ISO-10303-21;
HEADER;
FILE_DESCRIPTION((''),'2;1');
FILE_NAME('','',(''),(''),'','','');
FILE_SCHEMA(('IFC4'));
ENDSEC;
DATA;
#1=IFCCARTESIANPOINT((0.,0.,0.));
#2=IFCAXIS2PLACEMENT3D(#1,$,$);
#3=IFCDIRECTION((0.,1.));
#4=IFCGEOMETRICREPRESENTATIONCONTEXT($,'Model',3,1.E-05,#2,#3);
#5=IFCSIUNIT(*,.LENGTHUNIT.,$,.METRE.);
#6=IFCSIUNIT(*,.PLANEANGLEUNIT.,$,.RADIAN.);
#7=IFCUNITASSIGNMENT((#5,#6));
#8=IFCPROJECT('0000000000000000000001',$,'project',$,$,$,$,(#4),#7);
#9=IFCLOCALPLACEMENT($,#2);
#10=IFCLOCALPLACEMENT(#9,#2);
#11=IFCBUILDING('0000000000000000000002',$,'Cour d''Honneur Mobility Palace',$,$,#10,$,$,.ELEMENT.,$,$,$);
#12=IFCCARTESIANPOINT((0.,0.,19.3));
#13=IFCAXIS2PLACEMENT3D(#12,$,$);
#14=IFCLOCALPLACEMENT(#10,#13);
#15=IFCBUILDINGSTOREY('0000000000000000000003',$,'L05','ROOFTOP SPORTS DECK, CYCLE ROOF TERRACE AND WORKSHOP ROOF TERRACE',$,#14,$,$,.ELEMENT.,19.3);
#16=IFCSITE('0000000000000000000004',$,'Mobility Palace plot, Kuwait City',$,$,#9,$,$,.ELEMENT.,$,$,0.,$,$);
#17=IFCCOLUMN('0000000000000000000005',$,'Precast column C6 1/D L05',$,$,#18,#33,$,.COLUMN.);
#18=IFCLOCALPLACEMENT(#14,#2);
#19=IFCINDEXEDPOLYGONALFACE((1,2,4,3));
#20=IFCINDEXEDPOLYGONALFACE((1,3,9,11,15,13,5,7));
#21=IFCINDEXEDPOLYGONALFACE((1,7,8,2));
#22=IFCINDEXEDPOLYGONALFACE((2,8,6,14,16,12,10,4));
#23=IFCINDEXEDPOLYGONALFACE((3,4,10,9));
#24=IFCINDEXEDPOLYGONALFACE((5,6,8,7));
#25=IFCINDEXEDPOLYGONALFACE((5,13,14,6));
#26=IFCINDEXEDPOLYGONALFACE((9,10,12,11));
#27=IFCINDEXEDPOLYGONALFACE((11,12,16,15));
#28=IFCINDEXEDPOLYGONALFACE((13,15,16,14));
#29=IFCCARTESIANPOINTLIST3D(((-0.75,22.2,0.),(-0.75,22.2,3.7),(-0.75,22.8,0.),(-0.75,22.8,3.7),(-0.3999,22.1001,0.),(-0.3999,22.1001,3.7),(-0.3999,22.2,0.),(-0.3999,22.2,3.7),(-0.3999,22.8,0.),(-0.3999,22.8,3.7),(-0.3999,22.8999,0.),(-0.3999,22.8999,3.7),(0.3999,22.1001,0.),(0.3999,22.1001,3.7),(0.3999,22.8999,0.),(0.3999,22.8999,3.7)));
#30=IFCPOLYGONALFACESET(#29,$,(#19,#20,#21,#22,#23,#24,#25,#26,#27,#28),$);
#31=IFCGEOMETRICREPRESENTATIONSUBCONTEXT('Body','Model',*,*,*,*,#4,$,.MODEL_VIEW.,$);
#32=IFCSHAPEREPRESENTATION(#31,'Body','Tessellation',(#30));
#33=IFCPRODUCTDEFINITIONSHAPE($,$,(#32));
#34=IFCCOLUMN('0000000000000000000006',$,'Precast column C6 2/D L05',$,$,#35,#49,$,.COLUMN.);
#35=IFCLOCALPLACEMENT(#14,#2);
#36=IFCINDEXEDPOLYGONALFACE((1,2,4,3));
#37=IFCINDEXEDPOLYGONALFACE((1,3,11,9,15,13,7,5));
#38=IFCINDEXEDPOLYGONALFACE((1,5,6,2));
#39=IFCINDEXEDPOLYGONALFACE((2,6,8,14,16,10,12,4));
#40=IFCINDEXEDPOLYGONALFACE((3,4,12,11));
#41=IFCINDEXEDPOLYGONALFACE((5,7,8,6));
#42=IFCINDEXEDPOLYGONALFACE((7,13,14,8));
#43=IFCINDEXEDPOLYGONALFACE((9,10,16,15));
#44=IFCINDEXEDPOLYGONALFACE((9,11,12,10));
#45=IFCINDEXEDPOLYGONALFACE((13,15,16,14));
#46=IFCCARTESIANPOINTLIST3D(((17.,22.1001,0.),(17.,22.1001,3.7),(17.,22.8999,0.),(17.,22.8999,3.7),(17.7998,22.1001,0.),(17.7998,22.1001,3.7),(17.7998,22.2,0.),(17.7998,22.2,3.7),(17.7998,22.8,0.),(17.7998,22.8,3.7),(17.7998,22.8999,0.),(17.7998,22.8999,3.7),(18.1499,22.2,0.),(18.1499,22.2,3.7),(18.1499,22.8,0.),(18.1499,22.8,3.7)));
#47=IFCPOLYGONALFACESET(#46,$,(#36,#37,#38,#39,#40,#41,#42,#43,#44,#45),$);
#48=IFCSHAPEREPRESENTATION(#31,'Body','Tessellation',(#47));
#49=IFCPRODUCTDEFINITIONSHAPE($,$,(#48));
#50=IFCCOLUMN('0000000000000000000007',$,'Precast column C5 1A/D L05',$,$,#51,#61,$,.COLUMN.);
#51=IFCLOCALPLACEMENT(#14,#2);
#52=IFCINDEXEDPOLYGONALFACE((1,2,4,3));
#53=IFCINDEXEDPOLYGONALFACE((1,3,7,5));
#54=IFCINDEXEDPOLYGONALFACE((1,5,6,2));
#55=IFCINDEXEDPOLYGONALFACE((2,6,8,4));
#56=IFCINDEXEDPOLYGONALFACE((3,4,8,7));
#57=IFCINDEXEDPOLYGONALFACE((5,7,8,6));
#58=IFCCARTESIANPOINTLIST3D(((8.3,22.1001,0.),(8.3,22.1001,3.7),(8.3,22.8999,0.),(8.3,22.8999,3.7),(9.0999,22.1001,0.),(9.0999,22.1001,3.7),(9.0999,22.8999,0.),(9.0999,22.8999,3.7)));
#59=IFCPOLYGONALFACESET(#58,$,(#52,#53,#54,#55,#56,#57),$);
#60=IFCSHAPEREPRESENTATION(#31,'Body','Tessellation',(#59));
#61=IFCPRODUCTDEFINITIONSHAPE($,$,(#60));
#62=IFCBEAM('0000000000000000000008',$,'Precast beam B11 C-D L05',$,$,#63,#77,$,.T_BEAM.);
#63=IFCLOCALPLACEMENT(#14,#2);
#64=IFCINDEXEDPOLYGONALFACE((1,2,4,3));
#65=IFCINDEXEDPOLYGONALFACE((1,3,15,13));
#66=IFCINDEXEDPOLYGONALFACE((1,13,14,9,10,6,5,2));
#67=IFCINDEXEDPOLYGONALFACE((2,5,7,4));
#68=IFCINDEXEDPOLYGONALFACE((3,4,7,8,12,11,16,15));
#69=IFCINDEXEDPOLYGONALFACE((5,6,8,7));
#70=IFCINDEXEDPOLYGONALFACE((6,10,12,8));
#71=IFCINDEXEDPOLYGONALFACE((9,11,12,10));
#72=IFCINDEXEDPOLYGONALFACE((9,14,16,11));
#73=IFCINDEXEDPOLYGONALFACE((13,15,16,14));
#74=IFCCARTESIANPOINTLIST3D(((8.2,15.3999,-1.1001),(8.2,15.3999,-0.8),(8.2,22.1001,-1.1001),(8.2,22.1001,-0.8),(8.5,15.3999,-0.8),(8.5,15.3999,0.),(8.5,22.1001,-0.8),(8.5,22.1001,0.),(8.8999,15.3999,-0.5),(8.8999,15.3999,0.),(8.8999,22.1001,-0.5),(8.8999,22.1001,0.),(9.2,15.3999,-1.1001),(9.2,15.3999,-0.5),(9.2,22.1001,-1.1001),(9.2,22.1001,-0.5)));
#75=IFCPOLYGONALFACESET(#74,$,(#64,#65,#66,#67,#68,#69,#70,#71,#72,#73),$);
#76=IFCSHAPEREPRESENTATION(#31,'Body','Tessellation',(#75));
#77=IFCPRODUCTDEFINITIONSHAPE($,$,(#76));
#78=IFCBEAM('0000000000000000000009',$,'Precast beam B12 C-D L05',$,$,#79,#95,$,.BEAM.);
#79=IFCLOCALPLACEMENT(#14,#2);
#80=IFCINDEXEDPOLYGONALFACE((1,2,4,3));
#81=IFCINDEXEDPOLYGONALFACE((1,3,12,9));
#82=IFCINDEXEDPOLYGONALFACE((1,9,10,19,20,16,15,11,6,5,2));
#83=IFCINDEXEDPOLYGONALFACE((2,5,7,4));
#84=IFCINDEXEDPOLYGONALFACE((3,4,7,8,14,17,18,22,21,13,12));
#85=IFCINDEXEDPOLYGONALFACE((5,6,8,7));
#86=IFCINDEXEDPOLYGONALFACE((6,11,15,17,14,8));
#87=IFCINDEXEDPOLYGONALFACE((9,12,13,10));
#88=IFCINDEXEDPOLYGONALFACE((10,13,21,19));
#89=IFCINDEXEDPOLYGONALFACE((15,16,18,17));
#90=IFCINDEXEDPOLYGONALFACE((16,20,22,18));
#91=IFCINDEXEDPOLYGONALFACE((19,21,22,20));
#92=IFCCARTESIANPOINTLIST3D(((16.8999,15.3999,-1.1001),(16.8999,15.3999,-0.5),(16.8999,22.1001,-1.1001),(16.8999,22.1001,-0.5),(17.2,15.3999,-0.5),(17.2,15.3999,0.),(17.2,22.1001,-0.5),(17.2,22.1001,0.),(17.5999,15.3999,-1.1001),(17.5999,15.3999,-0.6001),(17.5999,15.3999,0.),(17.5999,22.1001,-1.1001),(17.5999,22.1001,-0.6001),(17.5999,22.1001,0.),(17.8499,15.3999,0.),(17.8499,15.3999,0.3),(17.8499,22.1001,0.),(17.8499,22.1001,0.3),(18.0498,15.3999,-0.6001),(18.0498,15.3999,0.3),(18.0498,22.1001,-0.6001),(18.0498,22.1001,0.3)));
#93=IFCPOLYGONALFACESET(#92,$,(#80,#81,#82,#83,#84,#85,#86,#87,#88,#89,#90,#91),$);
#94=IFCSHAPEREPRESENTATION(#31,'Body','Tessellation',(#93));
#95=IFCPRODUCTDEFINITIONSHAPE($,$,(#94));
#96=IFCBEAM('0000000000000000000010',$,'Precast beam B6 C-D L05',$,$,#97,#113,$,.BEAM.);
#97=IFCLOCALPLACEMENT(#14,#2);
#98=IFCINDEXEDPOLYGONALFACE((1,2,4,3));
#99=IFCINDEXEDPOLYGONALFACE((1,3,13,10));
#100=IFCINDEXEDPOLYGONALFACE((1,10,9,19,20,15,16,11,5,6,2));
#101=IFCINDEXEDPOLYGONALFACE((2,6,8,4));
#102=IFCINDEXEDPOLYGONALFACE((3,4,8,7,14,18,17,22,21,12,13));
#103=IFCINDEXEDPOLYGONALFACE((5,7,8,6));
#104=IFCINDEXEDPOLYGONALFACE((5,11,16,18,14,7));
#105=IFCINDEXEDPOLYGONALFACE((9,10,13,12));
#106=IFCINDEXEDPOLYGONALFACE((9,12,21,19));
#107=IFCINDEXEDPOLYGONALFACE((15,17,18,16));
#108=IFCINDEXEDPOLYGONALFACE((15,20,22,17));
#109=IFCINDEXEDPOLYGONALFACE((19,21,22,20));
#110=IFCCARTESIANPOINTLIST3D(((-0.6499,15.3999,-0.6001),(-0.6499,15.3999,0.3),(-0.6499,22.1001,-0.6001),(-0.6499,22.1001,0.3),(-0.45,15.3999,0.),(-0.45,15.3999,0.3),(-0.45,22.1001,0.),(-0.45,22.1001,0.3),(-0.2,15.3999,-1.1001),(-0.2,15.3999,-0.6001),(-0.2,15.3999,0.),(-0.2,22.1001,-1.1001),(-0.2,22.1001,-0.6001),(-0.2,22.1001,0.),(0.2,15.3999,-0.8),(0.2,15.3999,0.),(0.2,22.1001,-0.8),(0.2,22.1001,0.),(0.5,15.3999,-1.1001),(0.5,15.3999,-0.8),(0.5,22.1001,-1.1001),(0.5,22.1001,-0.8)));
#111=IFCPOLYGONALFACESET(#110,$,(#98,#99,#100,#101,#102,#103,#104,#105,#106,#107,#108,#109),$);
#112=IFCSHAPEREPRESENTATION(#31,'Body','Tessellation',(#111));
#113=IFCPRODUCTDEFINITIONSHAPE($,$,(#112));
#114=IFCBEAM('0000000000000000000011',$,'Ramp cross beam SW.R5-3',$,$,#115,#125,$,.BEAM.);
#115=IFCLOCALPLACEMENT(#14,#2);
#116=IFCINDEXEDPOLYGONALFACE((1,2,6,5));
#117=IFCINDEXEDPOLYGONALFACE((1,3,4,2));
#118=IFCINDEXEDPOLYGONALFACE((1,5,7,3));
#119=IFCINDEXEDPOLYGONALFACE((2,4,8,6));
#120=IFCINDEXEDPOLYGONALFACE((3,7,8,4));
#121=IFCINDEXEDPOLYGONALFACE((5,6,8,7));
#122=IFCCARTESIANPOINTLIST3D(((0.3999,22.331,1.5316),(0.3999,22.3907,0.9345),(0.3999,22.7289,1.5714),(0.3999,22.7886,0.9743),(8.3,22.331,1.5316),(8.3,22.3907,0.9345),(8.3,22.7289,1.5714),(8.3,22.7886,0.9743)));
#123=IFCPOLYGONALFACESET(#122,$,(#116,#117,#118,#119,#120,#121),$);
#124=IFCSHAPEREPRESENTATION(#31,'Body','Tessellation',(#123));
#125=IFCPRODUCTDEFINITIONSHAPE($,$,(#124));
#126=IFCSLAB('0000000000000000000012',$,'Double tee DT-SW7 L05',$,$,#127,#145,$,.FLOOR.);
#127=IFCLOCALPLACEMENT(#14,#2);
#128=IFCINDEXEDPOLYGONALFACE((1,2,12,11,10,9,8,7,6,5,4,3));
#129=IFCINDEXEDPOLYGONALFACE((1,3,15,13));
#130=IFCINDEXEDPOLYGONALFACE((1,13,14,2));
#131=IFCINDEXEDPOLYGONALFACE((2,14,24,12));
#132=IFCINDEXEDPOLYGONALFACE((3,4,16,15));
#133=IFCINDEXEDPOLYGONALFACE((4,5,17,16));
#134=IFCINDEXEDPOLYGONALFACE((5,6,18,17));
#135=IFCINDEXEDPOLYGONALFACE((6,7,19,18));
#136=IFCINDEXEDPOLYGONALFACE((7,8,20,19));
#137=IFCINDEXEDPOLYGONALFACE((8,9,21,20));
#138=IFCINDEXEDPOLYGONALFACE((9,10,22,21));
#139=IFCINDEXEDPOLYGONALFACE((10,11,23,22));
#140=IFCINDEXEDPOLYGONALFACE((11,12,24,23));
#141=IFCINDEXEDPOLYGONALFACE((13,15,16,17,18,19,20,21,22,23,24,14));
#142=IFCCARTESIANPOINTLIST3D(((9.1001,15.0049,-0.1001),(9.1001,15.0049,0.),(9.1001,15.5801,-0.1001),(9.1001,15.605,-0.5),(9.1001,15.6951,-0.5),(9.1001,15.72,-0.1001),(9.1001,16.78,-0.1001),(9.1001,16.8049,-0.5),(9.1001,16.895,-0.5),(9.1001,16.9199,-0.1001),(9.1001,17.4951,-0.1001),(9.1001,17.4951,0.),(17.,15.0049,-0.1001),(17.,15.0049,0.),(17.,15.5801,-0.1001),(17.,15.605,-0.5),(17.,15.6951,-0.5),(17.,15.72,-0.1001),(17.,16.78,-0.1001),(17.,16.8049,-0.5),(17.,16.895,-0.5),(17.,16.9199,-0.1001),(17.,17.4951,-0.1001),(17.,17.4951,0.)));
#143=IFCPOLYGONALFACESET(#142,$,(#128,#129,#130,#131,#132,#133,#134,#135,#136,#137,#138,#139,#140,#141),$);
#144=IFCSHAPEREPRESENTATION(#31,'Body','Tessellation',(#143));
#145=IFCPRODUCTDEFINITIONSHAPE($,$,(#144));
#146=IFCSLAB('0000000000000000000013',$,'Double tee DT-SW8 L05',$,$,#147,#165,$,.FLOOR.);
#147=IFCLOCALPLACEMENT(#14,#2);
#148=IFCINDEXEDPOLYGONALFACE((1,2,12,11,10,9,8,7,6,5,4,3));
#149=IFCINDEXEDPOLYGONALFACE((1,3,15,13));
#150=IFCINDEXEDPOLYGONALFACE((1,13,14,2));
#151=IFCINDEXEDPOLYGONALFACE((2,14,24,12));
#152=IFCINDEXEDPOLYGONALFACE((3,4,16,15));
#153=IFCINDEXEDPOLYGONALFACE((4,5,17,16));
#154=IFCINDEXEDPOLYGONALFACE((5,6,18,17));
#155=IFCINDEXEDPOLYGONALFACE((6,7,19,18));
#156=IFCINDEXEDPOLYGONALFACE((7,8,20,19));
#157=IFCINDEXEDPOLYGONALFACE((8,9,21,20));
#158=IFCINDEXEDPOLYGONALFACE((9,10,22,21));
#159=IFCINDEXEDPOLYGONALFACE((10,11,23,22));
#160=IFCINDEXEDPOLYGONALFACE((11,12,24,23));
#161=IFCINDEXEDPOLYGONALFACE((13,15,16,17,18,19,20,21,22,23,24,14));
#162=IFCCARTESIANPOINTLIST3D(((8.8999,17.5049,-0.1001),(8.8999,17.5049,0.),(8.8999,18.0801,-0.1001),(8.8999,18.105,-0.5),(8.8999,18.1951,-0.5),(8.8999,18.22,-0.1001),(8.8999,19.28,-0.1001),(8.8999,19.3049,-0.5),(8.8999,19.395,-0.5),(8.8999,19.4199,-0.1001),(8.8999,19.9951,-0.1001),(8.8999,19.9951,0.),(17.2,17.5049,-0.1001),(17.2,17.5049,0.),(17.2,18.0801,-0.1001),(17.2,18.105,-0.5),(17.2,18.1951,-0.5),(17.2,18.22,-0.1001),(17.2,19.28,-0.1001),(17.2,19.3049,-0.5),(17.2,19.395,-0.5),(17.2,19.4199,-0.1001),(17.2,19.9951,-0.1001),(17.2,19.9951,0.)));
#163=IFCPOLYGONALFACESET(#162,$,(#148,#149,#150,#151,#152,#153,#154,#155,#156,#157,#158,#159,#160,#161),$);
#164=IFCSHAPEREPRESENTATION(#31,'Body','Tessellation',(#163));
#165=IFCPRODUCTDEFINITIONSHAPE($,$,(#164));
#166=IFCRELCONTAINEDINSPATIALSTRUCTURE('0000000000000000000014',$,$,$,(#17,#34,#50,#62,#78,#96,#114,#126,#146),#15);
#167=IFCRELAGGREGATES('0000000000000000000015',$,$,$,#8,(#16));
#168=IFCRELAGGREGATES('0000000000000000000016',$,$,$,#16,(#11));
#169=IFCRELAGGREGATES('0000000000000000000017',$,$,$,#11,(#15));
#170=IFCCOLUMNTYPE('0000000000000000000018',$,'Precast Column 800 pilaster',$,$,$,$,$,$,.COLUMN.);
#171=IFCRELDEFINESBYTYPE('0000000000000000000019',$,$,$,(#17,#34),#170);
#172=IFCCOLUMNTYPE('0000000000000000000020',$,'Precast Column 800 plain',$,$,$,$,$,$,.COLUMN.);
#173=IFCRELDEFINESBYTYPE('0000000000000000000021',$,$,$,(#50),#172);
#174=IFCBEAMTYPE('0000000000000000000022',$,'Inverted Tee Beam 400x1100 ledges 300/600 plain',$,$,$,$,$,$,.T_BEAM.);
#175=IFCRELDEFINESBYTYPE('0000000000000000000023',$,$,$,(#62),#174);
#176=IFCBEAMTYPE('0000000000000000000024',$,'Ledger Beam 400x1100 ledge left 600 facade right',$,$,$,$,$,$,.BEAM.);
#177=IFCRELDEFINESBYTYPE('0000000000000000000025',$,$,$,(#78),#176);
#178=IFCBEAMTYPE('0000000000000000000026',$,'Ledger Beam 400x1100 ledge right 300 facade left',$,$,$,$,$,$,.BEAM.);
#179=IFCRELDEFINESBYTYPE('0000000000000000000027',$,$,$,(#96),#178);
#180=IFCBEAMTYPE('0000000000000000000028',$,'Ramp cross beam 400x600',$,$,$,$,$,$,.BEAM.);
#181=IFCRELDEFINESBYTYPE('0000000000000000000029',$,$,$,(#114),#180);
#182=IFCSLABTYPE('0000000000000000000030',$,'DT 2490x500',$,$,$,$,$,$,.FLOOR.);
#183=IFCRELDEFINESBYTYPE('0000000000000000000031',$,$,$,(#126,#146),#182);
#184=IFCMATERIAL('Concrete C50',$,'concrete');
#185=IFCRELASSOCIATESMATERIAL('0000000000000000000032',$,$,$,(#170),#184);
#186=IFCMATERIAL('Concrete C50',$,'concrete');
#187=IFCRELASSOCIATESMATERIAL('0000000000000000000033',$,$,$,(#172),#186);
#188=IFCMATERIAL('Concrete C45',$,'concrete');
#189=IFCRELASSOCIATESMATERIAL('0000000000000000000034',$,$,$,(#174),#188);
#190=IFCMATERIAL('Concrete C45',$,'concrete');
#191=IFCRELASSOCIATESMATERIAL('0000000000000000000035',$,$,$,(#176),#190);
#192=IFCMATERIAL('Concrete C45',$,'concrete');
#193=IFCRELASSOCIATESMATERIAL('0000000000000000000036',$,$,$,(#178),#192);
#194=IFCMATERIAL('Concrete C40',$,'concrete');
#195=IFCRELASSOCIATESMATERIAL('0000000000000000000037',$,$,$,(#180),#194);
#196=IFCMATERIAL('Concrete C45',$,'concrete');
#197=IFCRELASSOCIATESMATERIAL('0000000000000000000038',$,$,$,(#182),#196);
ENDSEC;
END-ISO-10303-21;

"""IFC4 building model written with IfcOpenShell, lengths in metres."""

from ifc_helpers import new_model, si_unit, direction, frame, origin, origin_2d, place, context, subcontext, project, spatial, polyline, rectangle, outline, extrude, material, material_profile, profile_set, type_object, element, save


model = new_model("IFC4")

# Units and contexts
model_context = context("Model", 3, precision=1e-05, world=origin(), true_north=direction((0.0, 1.0)))
body_context = subcontext(model_context, "Body", "Model", "MODEL_VIEW")
ifc_project = project(units=[si_unit("LENGTHUNIT", "METRE"), si_unit("PLANEANGLEUNIT", "RADIAN")], contexts=[model_context])

# Site, building, storey
site_placement = place(None, origin())
site = spatial("IfcSite", under=ifc_project, at=site_placement, Name="Mobility Palace plot, Kuwait City", CompositionType="ELEMENT", RefElevation=0.0)
building_placement = place(site_placement, origin())
building = spatial("IfcBuilding", under=site, at=building_placement, Name="Cour d'Honneur Mobility Palace", CompositionType="ELEMENT")
storey_placement = place(building_placement, frame((0.0, 0.0, 19.3)))
storey = spatial("IfcBuildingStorey", under=building, at=storey_placement, Name="L05", Description="ROOFTOP SPORTS DECK, CYCLE ROOF TERRACE AND WORKSHOP ROOF TERRACE", CompositionType="ELEMENT", Elevation=19.3)

# Columns
ifc_material_1 = material(Name="Concrete C50", Category="concrete")
ifc_material_profile_1 = material_profile(ifc_material_1, outline(polyline([(-0.3999, -0.3999), (0.3999, -0.3999), (0.3999, -0.3), (0.75, -0.3), (0.75, 0.3), (0.3999, 0.3), (0.3999, 0.3999), (-0.3999, 0.3999), (-0.3999, -0.3999)])), Name="PC C800 pilaster")
ifc_profile_set_1 = profile_set([ifc_material_profile_1], Name="Concrete C50")
column_type_1 = type_object("IfcColumnType", Name="Precast Column 800 pilaster", PredefinedType="COLUMN", material=ifc_profile_set_1)
for number, where, z_axis, x_axis, name in (
    (1, (0.0, 22.5, 0.0), (0.0, 0.0, 1.0), (-1.0, 0.0, 0.0), "Precast column C6 1/D L05"),
    (2, (17.3999, 22.5, 0.0), (0.0, 0.0, 1.0), (1.0, 0.0, 0.0), "Precast column C6 2/D L05"),
):
    element("IfcColumn", number, at=place(storey_placement, frame(where, z_axis=z_axis, x_axis=x_axis)), inside=storey, type_object=column_type_1, Name=name, PredefinedType="COLUMN", context=body_context, shape_type="SweptSolid", body=[
        extrude(outline(polyline([(-0.3999, -0.3999), (0.3999, -0.3999), (0.3999, -0.3), (0.75, -0.3), (0.75, 0.3), (0.3999, 0.3), (0.3999, 0.3999), (-0.3999, 0.3999), (-0.3999, -0.3999)])), origin(), (0.0, 0.0, 1.0), 3.7),
    ])
ifc_material_2 = material(Name="Concrete C50", Category="concrete")
ifc_material_profile_2 = material_profile(ifc_material_2, outline(polyline([(-0.3999, -0.3999), (0.3999, -0.3999), (0.3999, 0.3999), (-0.3999, 0.3999), (-0.3999, -0.3999)])), Name="PC C800 plain")
ifc_profile_set_2 = profile_set([ifc_material_profile_2], Name="Concrete C50")
column_type_2 = type_object("IfcColumnType", Name="Precast Column 800 plain", PredefinedType="COLUMN", material=ifc_profile_set_2)
column_placement = place(storey_placement, frame((8.7, 22.5, 0.0), z_axis=(0.0, 0.0, 1.0), x_axis=(1.0, 0.0, 0.0)))
element("IfcColumn", 3, at=column_placement, inside=storey, type_object=column_type_2, Name="Precast column C5 1A/D L05", PredefinedType="COLUMN", context=body_context, shape_type="SweptSolid", body=[
    extrude(outline(polyline([(-0.3999, -0.3999), (0.3999, -0.3999), (0.3999, 0.3999), (-0.3999, 0.3999), (-0.3999, -0.3999)])), origin(), (0.0, 0.0, 1.0), 3.7),
])

# Beams
ifc_material_3 = material(Name="Concrete C45", Category="concrete")
ifc_material_profile_3 = material_profile(ifc_material_3, outline(polyline([(0.5, -1.1001), (0.5, -0.8), (0.2, -0.8), (0.2, 0.0), (-0.2, 0.0), (-0.2, -0.5), (-0.5, -0.5), (-0.5, -1.1001), (0.5, -1.1001)])), Name="Inverted Tee Beam 400x1100 ledges 300/600 plain")
ifc_profile_set_3 = profile_set([ifc_material_profile_3], Name="Concrete C45")
beam_type_1 = type_object("IfcBeamType", Name="Inverted Tee Beam 400x1100 ledges 300/600 plain", PredefinedType="T_BEAM", material=ifc_profile_set_3)
beam_1_placement = place(storey_placement, frame((8.7, 15.3999, 0.0), z_axis=(0.0, 1.0, 0.0), x_axis=(-1.0, 0.0, 0.0)))
element("IfcBeam", 4, at=beam_1_placement, inside=storey, type_object=beam_type_1, Name="Precast beam B11 C-D L05", PredefinedType="T_BEAM", context=body_context, shape_type="SweptSolid", body=[
    extrude(outline(polyline([(0.5, -1.1001), (0.5, -0.8), (0.2, -0.8), (0.2, 0.0), (-0.2, 0.0), (-0.2, -0.5), (-0.5, -0.5), (-0.5, -1.1001), (0.5, -1.1001)])), origin(), (0.0, 0.0, 1.0), 6.7002),
])
ifc_material_4 = material(Name="Concrete C45", Category="concrete")
ifc_material_profile_4 = material_profile(ifc_material_4, outline(polyline([(0.5, -1.1001), (0.5, -0.5), (0.2, -0.5), (0.2, 0.0), (-0.2, 0.0), (-0.45, 0.0), (-0.45, 0.3), (-0.6499, 0.3), (-0.6499, -0.6001), (-0.2, -0.6001), (-0.2, -1.1001), (0.5, -1.1001)])), Name="Ledger Beam 400x1100 ledge left 600 facade right")
ifc_profile_set_4 = profile_set([ifc_material_profile_4], Name="Concrete C45")
beam_type_2 = type_object("IfcBeamType", Name="Ledger Beam 400x1100 ledge left 600 facade right", PredefinedType="BEAM", material=ifc_profile_set_4)
beam_2_placement = place(storey_placement, frame((17.3999, 15.3999, 0.0), z_axis=(0.0, 1.0, 0.0), x_axis=(-1.0, 0.0, 0.0)))
element("IfcBeam", 5, at=beam_2_placement, inside=storey, type_object=beam_type_2, Name="Precast beam B12 C-D L05", PredefinedType="BEAM", context=body_context, shape_type="SweptSolid", body=[
    extrude(outline(polyline([(0.5, -1.1001), (0.5, -0.5), (0.2, -0.5), (0.2, 0.0), (-0.2, 0.0), (-0.45, 0.0), (-0.45, 0.3), (-0.6499, 0.3), (-0.6499, -0.6001), (-0.2, -0.6001), (-0.2, -1.1001), (0.5, -1.1001)])), origin(), (0.0, 0.0, 1.0), 6.7002),
])
ifc_material_5 = material(Name="Concrete C45", Category="concrete")
ifc_material_profile_5 = material_profile(ifc_material_5, outline(polyline([(0.2, -1.1001), (0.2, -0.6001), (0.6499, -0.6001), (0.6499, 0.3), (0.45, 0.3), (0.45, 0.0), (0.2, 0.0), (-0.2, 0.0), (-0.2, -0.8), (-0.5, -0.8), (-0.5, -1.1001), (0.2, -1.1001)])), Name="Ledger Beam 400x1100 ledge right 300 facade left")
ifc_profile_set_5 = profile_set([ifc_material_profile_5], Name="Concrete C45")
beam_type_3 = type_object("IfcBeamType", Name="Ledger Beam 400x1100 ledge right 300 facade left", PredefinedType="BEAM", material=ifc_profile_set_5)
beam_3_placement = place(storey_placement, frame((0.0, 15.3999, 0.0), z_axis=(0.0, 1.0, 0.0), x_axis=(-1.0, 0.0, 0.0)))
element("IfcBeam", 6, at=beam_3_placement, inside=storey, type_object=beam_type_3, Name="Precast beam B6 C-D L05", PredefinedType="BEAM", context=body_context, shape_type="SweptSolid", body=[
    extrude(outline(polyline([(0.2, -1.1001), (0.2, -0.6001), (0.6499, -0.6001), (0.6499, 0.3), (0.45, 0.3), (0.45, 0.0), (0.2, 0.0), (-0.2, 0.0), (-0.2, -0.8), (-0.5, -0.8), (-0.5, -1.1001), (0.2, -1.1001)])), origin(), (0.0, 0.0, 1.0), 6.7002),
])
ifc_material_6 = material(Name="Concrete C40", Category="concrete")
ifc_material_profile_6 = material_profile(ifc_material_6, rectangle(XDim=0.3999, YDim=0.6001, at=origin_2d()), Name="Ramp cross beam 400x600")
ifc_profile_set_6 = profile_set([ifc_material_profile_6], Name="Concrete C40")
beam_type_4 = type_object("IfcBeamType", Name="Ramp cross beam 400x600", PredefinedType="BEAM", material=ifc_profile_set_6)
beam_4_placement = place(storey_placement, frame((0.3999, 22.5598, 1.2529), z_axis=(1.0, 0.0, 0.0), x_axis=(0.0, 0.995037, 0.099504)))
element("IfcBeam", 7, at=beam_4_placement, inside=storey, type_object=beam_type_4, Name="Ramp cross beam SW.R5-3", PredefinedType="BEAM", context=body_context, shape_type="SweptSolid", body=[
    extrude(rectangle(XDim=0.3999, YDim=0.6001, at=origin_2d()), origin(), (0.0, 0.0, 1.0), 7.9001),
])

# Slabs
ifc_material_7 = material(Name="Concrete C45", Category="concrete")
ifc_material_profile_7 = material_profile(ifc_material_7, outline(polyline([(-1.2451, 0.0), (1.2451, 0.0), (1.2451, -0.1001), (0.6699, -0.1001), (0.645, -0.5), (0.5549, -0.5), (0.53, -0.1001), (-0.53, -0.1001), (-0.5549, -0.5), (-0.645, -0.5), (-0.6699, -0.1001), (-1.2451, -0.1001), (-1.2451, 0.0)])), Name="DT 2490x500")
ifc_profile_set_7 = profile_set([ifc_material_profile_7], Name="Concrete C45")
slab_type = type_object("IfcSlabType", Name="DT 2490x500", PredefinedType="FLOOR", material=ifc_profile_set_7)
slab_1_placement = place(storey_placement, frame((9.1001, 16.25, 0.0), z_axis=(1.0, 0.0, 0.0), x_axis=(0.0, 1.0, 0.0)))
element("IfcSlab", 8, at=slab_1_placement, inside=storey, type_object=slab_type, Name="Double tee DT-SW7 L05", PredefinedType="FLOOR", context=body_context, shape_type="SweptSolid", body=[
    extrude(outline(polyline([(-1.2451, 0.0), (1.2451, 0.0), (1.2451, -0.1001), (0.6699, -0.1001), (0.645, -0.5), (0.5549, -0.5), (0.53, -0.1001), (-0.53, -0.1001), (-0.5549, -0.5), (-0.645, -0.5), (-0.6699, -0.1001), (-1.2451, -0.1001), (-1.2451, 0.0)])), origin(), (0.0, 0.0, 1.0), 7.8999),
])
slab_2_placement = place(storey_placement, frame((8.8999, 18.75, 0.0), z_axis=(1.0, 0.0, 0.0), x_axis=(0.0, 1.0, 0.0)))
element("IfcSlab", 9, at=slab_2_placement, inside=storey, type_object=slab_type, Name="Double tee DT-SW8 L05", PredefinedType="FLOOR", context=body_context, shape_type="SweptSolid", body=[
    extrude(outline(polyline([(-1.2451, 0.0), (1.2451, 0.0), (1.2451, -0.1001), (0.6699, -0.1001), (0.645, -0.5), (0.5549, -0.5), (0.53, -0.1001), (-0.53, -0.1001), (-0.5549, -0.5), (-0.645, -0.5), (-0.6699, -0.1001), (-1.2451, -0.1001), (-1.2451, 0.0)])), origin(), (0.0, 0.0, 1.0), 8.3),
])

save(model, "model.ifc")
